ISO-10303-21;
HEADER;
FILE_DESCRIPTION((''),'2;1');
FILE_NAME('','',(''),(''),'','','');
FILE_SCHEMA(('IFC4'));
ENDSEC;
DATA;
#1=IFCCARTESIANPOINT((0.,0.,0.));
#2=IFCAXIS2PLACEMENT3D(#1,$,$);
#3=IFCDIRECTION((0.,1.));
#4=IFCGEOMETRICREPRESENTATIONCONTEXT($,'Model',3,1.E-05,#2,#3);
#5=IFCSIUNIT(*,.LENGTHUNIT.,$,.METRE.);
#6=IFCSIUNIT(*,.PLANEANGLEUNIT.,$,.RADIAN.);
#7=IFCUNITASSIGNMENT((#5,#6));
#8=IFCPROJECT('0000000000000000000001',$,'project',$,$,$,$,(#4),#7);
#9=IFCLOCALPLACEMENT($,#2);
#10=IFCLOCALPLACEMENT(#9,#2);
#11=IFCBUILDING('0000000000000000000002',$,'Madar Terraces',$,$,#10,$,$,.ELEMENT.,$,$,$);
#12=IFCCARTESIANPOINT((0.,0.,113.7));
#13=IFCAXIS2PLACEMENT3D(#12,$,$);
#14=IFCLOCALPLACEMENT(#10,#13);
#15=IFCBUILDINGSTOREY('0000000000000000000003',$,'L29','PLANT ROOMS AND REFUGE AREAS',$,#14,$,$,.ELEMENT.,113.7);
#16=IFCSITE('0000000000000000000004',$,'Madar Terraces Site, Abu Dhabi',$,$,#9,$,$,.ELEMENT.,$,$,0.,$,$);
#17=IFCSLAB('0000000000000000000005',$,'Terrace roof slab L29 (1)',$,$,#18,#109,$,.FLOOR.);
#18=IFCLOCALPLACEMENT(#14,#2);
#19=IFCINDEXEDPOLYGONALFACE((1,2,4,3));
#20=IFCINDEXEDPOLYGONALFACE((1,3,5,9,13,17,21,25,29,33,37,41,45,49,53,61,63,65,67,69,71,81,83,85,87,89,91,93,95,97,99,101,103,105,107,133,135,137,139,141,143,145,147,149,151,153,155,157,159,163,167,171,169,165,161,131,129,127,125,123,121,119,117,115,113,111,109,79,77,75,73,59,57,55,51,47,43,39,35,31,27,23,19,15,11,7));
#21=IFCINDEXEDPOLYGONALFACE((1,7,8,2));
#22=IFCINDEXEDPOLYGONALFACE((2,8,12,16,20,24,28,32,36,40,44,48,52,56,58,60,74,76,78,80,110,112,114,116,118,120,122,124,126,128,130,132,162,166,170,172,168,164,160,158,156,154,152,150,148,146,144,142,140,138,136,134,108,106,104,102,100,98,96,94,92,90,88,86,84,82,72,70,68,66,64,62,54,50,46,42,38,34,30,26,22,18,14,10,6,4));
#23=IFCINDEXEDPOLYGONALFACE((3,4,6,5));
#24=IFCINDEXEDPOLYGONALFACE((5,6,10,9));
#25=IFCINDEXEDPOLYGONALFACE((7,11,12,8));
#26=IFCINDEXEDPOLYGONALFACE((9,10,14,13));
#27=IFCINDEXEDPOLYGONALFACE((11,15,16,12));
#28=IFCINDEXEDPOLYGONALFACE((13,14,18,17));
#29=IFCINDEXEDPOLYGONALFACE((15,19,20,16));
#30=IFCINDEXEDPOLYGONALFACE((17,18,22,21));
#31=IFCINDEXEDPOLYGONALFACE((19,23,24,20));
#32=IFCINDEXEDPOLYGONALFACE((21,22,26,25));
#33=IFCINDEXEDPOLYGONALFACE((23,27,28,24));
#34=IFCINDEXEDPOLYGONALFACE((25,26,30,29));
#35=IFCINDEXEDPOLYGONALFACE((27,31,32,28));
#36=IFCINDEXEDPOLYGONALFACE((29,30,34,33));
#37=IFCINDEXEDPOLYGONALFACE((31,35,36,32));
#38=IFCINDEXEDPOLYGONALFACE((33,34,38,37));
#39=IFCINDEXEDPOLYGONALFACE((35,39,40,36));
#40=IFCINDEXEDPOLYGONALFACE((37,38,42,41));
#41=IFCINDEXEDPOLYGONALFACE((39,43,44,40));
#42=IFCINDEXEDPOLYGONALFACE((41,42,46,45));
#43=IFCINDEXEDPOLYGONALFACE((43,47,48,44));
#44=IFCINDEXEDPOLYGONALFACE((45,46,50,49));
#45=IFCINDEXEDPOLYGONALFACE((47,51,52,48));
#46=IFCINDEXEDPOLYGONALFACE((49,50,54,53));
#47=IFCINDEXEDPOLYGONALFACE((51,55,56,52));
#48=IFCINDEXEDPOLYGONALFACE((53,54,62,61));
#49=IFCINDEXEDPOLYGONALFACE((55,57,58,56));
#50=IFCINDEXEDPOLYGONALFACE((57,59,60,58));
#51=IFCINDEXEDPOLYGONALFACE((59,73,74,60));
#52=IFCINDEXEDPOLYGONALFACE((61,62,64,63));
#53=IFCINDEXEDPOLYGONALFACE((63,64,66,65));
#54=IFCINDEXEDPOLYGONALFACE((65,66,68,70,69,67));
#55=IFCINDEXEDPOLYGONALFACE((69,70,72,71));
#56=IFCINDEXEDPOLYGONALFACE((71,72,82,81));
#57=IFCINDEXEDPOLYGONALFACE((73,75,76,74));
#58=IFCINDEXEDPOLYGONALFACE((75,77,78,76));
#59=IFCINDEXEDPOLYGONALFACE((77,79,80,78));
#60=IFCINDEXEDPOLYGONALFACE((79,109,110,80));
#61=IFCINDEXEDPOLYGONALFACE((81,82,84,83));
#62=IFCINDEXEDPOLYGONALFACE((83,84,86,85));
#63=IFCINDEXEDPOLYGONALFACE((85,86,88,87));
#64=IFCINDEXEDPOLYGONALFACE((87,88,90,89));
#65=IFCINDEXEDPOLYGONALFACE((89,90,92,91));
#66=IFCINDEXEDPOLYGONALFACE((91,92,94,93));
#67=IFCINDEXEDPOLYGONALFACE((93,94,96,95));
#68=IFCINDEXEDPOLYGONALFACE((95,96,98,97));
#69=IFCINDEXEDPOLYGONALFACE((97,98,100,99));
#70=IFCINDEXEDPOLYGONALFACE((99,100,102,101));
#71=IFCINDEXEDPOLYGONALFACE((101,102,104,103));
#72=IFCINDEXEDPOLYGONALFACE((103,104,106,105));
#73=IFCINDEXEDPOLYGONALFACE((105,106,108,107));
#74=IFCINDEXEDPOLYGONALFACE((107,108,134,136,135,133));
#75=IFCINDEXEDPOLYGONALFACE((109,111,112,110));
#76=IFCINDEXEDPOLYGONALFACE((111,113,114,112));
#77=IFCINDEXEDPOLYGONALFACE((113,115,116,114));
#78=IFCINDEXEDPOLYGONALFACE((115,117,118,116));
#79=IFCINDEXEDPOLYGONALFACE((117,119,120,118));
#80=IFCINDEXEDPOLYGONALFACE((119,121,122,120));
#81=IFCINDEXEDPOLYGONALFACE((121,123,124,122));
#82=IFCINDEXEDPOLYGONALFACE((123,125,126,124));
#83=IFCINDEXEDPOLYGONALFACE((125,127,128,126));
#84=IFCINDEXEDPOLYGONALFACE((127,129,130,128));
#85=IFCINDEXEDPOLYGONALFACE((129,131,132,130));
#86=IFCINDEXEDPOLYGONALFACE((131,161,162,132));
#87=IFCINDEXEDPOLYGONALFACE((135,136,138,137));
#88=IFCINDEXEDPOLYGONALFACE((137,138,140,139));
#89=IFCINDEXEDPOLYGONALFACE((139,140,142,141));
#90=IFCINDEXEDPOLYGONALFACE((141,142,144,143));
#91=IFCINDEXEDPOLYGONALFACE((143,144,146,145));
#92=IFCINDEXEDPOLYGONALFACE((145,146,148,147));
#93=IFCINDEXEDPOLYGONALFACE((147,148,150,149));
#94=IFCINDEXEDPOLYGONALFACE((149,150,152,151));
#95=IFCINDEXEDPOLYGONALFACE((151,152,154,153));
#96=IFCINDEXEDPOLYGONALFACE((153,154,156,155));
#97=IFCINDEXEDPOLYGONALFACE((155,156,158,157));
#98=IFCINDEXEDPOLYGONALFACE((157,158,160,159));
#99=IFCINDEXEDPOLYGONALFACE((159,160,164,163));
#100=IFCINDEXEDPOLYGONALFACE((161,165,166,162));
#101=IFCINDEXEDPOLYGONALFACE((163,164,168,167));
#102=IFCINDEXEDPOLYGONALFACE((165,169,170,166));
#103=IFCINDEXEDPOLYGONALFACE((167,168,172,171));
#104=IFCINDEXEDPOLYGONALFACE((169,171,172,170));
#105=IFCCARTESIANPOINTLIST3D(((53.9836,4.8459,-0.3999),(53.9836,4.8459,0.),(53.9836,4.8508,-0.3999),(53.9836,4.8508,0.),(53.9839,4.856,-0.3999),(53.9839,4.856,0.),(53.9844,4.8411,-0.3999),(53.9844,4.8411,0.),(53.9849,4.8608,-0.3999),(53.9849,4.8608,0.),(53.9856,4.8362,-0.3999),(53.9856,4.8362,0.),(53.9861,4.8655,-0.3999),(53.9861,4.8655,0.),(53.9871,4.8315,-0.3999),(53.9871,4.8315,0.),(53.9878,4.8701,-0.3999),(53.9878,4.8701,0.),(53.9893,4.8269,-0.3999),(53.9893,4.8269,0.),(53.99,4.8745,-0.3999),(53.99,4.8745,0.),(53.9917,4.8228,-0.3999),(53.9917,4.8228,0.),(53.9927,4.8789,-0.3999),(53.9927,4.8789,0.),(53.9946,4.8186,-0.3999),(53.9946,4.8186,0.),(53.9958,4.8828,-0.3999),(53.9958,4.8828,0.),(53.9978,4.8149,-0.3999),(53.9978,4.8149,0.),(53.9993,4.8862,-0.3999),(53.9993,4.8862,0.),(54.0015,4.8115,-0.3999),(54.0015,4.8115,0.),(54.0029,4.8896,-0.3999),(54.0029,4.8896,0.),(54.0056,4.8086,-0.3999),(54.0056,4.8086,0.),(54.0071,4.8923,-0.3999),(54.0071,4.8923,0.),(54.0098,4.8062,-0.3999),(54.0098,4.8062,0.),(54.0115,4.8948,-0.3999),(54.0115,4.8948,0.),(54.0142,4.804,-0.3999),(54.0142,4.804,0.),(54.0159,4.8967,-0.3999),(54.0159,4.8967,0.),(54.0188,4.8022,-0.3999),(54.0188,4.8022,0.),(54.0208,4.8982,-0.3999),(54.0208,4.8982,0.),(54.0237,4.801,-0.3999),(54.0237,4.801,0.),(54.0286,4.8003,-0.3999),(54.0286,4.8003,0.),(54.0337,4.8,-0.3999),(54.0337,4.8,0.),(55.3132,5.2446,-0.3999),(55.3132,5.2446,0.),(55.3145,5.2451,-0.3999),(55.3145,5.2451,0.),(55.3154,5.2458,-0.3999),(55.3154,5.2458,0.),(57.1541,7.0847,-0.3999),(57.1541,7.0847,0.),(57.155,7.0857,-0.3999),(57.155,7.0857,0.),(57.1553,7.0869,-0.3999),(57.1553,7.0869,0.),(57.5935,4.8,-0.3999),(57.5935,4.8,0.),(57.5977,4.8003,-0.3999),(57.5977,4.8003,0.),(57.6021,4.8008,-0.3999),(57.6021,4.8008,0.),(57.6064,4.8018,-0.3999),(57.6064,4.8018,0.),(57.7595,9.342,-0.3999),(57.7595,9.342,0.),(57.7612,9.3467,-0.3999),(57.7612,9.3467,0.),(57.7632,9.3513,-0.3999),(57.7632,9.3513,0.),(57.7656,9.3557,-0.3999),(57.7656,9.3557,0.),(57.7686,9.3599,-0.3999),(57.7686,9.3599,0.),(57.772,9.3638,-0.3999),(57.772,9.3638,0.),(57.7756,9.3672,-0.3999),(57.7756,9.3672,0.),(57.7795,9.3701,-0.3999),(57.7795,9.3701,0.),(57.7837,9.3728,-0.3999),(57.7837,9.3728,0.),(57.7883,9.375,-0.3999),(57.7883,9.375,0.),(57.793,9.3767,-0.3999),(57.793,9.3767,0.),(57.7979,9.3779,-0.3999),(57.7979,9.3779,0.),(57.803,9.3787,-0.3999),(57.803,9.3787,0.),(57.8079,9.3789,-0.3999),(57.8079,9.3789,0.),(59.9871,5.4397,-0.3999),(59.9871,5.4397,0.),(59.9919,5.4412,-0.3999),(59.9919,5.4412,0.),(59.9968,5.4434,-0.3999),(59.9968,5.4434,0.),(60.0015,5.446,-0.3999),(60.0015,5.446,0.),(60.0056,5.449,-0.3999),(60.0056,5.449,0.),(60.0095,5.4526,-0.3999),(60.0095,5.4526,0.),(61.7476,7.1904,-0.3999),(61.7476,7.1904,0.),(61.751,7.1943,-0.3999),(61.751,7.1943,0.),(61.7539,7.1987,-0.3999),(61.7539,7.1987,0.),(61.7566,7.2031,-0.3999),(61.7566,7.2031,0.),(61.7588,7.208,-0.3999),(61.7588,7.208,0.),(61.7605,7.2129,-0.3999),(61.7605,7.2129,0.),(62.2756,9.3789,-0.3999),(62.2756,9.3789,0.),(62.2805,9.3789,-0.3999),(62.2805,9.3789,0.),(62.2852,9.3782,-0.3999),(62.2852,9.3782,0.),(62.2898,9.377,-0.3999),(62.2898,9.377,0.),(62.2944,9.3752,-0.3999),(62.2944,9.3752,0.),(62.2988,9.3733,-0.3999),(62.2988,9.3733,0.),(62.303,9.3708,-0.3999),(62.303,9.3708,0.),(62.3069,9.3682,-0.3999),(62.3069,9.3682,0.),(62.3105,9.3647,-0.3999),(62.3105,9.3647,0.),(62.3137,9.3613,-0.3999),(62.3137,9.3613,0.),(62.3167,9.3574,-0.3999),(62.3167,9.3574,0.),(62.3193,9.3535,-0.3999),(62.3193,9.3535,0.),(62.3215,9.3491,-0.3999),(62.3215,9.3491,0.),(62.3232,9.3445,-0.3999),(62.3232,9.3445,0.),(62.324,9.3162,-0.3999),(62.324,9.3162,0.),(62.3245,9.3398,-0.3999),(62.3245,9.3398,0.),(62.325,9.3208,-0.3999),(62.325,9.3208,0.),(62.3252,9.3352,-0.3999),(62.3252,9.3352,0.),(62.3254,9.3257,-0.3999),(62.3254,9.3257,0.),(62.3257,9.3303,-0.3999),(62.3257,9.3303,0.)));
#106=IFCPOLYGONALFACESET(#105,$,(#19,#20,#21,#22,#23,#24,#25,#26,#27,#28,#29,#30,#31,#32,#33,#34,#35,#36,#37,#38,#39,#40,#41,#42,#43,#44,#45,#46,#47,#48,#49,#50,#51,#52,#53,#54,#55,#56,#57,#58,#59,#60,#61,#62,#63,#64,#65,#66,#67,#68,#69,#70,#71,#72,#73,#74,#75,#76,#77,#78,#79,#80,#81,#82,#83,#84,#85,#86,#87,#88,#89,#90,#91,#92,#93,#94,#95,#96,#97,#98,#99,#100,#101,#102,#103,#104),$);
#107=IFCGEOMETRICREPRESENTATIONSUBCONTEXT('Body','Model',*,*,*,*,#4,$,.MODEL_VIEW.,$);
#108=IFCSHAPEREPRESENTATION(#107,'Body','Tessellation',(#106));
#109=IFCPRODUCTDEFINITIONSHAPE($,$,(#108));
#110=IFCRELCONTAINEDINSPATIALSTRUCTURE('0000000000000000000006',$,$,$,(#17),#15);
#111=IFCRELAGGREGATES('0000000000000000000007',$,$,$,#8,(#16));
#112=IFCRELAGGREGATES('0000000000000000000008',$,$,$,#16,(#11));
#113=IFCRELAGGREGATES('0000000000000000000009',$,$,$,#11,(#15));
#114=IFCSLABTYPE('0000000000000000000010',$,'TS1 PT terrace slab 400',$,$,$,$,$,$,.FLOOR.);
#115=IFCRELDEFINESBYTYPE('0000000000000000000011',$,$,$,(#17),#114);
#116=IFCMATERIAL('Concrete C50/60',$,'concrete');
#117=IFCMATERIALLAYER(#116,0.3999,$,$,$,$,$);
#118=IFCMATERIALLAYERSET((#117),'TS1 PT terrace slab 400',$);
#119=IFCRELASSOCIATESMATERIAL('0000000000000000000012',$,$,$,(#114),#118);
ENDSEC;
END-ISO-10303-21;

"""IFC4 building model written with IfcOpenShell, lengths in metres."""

from ifc_helpers import new_model, si_unit, direction, frame, origin, place, context, subcontext, project, spatial, polyline, outline, extrude, material, layer, layer_set, type_object, element, save


model = new_model("IFC4")

# Units and contexts
model_context = context("Model", 3, precision=1e-05, world=origin(), true_north=direction((0.0, 1.0)))
body_context = subcontext(model_context, "Body", "Model", "MODEL_VIEW")
ifc_project = project(units=[si_unit("LENGTHUNIT", "METRE"), si_unit("PLANEANGLEUNIT", "RADIAN")], contexts=[model_context])

# Site, building, storey
site_placement = place(None, origin())
site = spatial("IfcSite", under=ifc_project, at=site_placement, Name="Madar Terraces Site, Abu Dhabi", CompositionType="ELEMENT", RefElevation=0.0)
building_placement = place(site_placement, origin())
building = spatial("IfcBuilding", under=site, at=building_placement, Name="Madar Terraces", CompositionType="ELEMENT")
storey_placement = place(building_placement, frame((0.0, 0.0, 113.7)))
storey = spatial("IfcBuildingStorey", under=building, at=storey_placement, Name="L29", Description="PLANT ROOMS AND REFUGE AREAS", CompositionType="ELEMENT", Elevation=113.7)

# Slab
ifc_material_1 = material(Name="Concrete C50/60", Category="concrete")
ifc_layer_1 = layer(ifc_material_1, 0.3999)
ifc_layer_set_1 = layer_set([ifc_layer_1], Name="TS1 PT terrace slab 400")
slab_type_1 = type_object("IfcSlabType", Name="TS1 PT terrace slab 400", PredefinedType="FLOOR", material=ifc_layer_set_1)
slab_1_placement = place(storey_placement, frame((0.0, 0.0, -0.3999)))
element("IfcSlab", 1, at=slab_1_placement, inside=storey, type_object=slab_type_1, Name="Terrace roof slab L29 (1)", PredefinedType="FLOOR", context=body_context, shape_type="SweptSolid", body=[
    extrude(outline(polyline([(55.3154, 5.2458), (55.3145, 5.2451), (55.3132, 5.2446), (54.0208, 4.8982), (54.0159, 4.8967), (54.0115, 4.8948), (54.0071, 4.8923), (54.0029, 4.8896), (53.9993, 4.8862), (53.9958, 4.8828), (53.9927, 4.8789), (53.99, 4.8745), (53.9878, 4.8701), (53.9861, 4.8655), (53.9849, 4.8608), (53.9839, 4.856), (53.9836, 4.8508), (53.9836, 4.8459), (53.9844, 4.8411), (53.9856, 4.8362), (53.9871, 4.8315), (53.9893, 4.8269), (53.9917, 4.8228), (53.9946, 4.8186), (53.9978, 4.8149), (54.0015, 4.8115), (54.0056, 4.8086), (54.0098, 4.8062), (54.0142, 4.804), (54.0188, 4.8022), (54.0237, 4.801), (54.0286, 4.8003), (54.0337, 4.8), (57.5935, 4.8), (57.5977, 4.8003), (57.6021, 4.8008), (57.6064, 4.8018), (59.9871, 5.4397), (59.9919, 5.4412), (59.9968, 5.4434), (60.0015, 5.446), (60.0056, 5.449), (60.0095, 5.4526), (61.7476, 7.1904), (61.751, 7.1943), (61.7539, 7.1987), (61.7566, 7.2031), (61.7588, 7.208), (61.7605, 7.2129), (62.324, 9.3162), (62.325, 9.3208), (62.3254, 9.3257), (62.3257, 9.3303), (62.3252, 9.3352), (62.3245, 9.3398), (62.3232, 9.3445), (62.3215, 9.3491), (62.3193, 9.3535), (62.3167, 9.3574), (62.3137, 9.3613), (62.3105, 9.3647), (62.3069, 9.3682), (62.303, 9.3708), (62.2988, 9.3733), (62.2944, 9.3752), (62.2898, 9.377), (62.2852, 9.3782), (62.2805, 9.3789), (62.2756, 9.3789), (57.8079, 9.3789), (57.803, 9.3787), (57.7979, 9.3779), (57.793, 9.3767), (57.7883, 9.375), (57.7837, 9.3728), (57.7795, 9.3701), (57.7756, 9.3672), (57.772, 9.3638), (57.7686, 9.3599), (57.7656, 9.3557), (57.7632, 9.3513), (57.7612, 9.3467), (57.7595, 9.342), (57.1553, 7.0869), (57.155, 7.0857), (57.1541, 7.0847), (55.3154, 5.2458)])), origin(), (0.0, 0.0, 1.0), 0.3999),
])

save(model, "model.ifc")
